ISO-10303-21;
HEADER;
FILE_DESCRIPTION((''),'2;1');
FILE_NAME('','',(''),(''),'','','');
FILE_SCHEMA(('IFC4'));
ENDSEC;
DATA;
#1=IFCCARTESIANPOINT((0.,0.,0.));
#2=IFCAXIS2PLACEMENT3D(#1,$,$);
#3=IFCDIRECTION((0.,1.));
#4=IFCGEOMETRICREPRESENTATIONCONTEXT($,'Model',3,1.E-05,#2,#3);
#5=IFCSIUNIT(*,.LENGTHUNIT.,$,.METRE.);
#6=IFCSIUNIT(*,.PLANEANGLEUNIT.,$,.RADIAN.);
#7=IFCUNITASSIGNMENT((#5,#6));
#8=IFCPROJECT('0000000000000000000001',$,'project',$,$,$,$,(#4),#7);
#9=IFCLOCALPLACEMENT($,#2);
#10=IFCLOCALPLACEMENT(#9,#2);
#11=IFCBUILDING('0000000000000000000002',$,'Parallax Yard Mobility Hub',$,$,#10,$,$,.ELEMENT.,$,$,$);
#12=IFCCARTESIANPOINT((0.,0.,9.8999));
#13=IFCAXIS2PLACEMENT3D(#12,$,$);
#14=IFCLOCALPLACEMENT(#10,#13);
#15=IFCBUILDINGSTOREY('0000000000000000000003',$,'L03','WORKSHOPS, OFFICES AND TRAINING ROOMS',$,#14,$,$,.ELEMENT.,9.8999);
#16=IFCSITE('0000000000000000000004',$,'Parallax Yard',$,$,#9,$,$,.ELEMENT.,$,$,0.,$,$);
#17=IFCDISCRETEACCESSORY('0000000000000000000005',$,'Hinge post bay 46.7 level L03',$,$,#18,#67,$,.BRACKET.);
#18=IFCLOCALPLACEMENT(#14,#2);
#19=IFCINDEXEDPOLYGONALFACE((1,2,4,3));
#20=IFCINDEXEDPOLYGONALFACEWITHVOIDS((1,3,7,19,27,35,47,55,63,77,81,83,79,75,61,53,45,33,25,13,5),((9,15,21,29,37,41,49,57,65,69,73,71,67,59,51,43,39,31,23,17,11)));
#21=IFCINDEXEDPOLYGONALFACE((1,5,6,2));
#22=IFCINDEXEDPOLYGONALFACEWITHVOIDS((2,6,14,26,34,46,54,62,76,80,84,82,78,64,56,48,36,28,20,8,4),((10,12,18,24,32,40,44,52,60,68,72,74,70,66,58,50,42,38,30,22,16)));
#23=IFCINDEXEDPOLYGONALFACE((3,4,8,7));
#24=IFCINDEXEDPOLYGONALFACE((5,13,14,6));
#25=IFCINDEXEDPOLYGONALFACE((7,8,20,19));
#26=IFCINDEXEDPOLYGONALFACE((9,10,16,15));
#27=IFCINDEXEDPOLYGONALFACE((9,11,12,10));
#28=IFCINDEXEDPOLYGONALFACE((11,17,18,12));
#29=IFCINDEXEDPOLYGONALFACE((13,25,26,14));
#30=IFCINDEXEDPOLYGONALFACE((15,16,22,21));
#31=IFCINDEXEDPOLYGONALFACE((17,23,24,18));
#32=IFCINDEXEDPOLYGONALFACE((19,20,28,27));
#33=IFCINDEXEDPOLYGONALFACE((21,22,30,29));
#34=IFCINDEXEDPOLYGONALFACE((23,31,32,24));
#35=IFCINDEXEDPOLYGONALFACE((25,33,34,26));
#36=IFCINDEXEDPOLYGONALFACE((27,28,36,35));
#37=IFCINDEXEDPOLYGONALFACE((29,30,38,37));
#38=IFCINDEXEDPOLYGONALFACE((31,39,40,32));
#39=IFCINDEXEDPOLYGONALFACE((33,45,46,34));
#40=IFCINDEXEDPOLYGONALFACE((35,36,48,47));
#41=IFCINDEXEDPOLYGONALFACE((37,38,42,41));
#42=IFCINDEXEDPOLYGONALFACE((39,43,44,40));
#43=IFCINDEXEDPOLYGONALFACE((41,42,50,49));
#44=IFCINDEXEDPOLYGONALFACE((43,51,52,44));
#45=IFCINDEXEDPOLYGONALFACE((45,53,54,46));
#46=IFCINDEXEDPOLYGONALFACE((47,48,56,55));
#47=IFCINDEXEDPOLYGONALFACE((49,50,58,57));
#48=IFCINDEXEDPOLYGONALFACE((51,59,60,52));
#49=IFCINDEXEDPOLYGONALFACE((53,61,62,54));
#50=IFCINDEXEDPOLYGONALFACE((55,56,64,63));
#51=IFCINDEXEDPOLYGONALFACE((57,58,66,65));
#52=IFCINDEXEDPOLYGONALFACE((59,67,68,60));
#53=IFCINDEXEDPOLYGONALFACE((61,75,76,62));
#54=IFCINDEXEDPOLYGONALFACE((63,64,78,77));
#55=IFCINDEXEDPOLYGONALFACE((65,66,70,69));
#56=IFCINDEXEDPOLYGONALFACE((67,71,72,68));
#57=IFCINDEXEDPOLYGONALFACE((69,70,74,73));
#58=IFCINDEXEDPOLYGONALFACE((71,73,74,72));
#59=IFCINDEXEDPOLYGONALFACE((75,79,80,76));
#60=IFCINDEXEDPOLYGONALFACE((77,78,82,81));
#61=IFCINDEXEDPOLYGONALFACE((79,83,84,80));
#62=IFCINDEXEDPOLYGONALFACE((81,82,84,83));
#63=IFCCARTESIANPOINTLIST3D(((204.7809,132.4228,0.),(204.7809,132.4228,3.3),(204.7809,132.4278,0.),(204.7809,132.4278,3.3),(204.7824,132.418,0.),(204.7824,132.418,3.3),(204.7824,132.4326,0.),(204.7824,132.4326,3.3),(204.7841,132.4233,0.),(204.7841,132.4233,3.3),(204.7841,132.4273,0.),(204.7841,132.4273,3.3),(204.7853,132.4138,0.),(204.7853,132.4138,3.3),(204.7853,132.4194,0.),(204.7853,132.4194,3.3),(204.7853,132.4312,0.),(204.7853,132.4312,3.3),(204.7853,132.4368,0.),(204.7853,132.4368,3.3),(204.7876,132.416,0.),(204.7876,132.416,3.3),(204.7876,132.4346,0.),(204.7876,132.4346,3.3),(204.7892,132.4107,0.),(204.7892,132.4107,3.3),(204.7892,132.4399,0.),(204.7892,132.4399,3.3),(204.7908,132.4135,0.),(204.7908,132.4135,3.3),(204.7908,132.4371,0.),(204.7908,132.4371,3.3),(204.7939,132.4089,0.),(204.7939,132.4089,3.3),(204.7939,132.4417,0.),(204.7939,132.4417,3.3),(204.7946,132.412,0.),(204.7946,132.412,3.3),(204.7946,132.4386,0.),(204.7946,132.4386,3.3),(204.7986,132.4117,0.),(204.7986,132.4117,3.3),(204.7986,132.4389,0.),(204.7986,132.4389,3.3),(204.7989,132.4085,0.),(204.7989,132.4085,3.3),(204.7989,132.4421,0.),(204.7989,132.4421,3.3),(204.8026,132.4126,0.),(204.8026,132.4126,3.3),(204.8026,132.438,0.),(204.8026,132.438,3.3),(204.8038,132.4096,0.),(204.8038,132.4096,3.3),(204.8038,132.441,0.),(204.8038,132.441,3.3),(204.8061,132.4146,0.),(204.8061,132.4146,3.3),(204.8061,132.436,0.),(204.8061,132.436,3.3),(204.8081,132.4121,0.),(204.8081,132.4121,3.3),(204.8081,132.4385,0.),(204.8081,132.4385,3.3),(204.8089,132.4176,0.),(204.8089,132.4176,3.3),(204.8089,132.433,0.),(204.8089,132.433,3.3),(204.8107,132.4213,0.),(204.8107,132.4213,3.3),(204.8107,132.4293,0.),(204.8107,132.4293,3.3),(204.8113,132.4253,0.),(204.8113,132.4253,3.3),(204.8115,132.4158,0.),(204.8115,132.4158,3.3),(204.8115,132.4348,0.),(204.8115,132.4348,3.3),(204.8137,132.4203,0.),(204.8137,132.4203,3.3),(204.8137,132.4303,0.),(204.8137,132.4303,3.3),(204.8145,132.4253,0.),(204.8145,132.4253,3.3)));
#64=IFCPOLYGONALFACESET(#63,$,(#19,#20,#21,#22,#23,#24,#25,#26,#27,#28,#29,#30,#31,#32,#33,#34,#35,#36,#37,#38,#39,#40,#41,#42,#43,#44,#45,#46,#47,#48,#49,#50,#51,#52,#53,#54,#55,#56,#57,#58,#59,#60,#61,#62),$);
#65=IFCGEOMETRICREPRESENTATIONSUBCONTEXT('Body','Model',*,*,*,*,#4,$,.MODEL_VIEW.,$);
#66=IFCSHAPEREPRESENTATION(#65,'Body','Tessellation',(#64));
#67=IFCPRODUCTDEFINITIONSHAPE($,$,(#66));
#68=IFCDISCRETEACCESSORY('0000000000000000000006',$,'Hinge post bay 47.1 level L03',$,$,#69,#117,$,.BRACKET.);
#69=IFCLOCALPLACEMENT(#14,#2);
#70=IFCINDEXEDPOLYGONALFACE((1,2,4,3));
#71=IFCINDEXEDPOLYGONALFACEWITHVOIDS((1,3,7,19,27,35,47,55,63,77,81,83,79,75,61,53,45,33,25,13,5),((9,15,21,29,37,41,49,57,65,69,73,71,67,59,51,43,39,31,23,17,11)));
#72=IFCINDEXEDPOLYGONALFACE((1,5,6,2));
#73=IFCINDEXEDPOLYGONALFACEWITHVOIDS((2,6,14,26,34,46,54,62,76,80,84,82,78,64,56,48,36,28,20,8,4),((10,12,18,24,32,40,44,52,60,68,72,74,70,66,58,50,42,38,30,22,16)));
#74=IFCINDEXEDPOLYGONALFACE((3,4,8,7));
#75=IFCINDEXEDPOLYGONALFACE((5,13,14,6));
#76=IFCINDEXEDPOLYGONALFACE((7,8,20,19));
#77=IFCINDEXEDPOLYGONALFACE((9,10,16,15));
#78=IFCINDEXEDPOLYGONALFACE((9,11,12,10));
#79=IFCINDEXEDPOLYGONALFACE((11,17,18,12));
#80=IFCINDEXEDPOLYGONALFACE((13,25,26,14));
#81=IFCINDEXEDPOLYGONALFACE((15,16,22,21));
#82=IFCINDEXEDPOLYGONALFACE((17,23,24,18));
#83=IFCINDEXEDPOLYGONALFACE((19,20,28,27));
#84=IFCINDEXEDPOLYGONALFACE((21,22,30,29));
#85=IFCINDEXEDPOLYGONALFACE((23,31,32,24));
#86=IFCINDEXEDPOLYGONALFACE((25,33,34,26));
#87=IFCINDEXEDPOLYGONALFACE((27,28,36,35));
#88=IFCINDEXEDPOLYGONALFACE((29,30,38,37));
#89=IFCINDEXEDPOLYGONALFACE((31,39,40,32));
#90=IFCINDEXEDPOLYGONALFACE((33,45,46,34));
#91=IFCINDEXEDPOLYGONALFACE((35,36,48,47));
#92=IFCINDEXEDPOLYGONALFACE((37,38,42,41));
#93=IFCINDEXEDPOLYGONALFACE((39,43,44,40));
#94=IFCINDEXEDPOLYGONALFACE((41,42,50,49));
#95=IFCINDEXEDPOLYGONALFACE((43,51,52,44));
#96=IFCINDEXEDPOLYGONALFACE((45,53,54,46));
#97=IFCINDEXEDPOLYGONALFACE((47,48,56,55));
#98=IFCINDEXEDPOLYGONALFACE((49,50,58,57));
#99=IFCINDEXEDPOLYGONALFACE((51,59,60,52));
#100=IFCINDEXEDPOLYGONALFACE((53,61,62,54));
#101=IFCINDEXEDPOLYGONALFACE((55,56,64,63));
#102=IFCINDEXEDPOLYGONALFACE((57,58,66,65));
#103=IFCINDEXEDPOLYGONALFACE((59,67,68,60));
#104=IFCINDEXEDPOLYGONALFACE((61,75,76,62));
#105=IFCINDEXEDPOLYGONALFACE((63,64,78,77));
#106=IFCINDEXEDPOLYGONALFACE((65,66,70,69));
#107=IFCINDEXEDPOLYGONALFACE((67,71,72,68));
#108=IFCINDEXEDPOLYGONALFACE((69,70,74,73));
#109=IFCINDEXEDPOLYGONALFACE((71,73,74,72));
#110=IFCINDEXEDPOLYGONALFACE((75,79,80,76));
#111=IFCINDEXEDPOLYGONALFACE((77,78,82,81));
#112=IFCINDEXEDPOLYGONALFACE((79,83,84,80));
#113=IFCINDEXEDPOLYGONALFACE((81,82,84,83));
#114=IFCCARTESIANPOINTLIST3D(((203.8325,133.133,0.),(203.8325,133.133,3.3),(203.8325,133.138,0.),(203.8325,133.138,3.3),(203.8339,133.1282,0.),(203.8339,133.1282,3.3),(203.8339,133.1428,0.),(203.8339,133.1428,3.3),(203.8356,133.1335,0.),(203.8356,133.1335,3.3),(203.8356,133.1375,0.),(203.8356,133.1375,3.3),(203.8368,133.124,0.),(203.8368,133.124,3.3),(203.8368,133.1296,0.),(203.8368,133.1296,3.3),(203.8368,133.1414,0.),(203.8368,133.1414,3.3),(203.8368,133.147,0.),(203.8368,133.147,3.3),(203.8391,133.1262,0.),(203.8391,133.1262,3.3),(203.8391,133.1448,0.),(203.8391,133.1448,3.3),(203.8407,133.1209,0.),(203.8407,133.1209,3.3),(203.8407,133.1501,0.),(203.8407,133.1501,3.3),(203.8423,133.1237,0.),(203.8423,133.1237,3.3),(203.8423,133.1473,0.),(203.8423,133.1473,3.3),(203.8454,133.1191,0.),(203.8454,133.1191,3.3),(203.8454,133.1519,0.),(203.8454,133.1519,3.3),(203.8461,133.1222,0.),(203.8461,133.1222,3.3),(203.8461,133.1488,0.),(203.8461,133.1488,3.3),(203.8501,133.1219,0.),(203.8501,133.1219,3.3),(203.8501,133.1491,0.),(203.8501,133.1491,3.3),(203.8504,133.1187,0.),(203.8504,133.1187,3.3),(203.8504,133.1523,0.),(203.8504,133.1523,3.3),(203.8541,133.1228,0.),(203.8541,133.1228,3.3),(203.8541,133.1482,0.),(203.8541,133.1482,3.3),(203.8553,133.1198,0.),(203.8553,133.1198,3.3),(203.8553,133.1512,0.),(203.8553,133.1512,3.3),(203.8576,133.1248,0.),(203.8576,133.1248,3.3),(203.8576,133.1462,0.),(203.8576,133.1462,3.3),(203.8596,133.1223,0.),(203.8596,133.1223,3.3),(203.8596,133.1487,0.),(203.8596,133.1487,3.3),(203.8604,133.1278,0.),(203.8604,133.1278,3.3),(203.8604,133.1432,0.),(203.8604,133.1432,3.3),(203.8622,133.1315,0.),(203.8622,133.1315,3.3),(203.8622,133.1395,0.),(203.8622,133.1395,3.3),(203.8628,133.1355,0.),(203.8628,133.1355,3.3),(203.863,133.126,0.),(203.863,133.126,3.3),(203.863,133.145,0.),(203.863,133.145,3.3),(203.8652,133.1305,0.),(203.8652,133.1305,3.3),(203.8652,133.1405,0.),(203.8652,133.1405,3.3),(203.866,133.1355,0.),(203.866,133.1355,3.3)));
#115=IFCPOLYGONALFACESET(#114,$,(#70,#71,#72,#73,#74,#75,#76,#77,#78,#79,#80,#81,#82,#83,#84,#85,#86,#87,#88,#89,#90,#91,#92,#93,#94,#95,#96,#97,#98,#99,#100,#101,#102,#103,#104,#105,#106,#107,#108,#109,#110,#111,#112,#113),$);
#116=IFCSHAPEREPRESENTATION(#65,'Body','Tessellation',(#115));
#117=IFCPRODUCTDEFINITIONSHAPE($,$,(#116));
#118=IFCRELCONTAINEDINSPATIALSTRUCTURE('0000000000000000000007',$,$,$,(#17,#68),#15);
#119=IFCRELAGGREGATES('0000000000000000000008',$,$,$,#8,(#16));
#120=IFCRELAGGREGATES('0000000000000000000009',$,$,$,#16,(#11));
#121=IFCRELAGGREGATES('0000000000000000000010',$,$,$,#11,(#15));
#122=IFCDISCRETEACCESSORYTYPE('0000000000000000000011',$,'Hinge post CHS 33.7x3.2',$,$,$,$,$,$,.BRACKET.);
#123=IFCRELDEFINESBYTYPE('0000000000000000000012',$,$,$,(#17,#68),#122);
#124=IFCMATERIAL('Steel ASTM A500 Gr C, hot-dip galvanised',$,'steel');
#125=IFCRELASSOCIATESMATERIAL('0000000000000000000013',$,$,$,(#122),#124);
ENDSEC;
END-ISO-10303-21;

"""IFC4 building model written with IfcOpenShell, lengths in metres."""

from ifc_helpers import new_model, si_unit, direction, frame, origin, origin_2d, place, context, subcontext, project, spatial, hollow_circle, extrude, material, material_profile, profile_set, type_object, element, save


model = new_model("IFC4")

# Units and contexts
model_context = context("Model", 3, precision=1e-05, world=origin(), true_north=direction((0.0, 1.0)))
body_context = subcontext(model_context, "Body", "Model", "MODEL_VIEW")
ifc_project = project(units=[si_unit("LENGTHUNIT", "METRE"), si_unit("PLANEANGLEUNIT", "RADIAN")], contexts=[model_context])

# Site, building, storey
site_placement = place(None, origin())
site = spatial("IfcSite", under=ifc_project, at=site_placement, Name="Parallax Yard", CompositionType="ELEMENT", RefElevation=0.0)
building_placement = place(site_placement, origin())
building = spatial("IfcBuilding", under=site, at=building_placement, Name="Parallax Yard Mobility Hub", CompositionType="ELEMENT")
storey_placement = place(building_placement, frame((0.0, 0.0, 9.8999)))
storey = spatial("IfcBuildingStorey", under=building, at=storey_placement, Name="L03", Description="WORKSHOPS, OFFICES AND TRAINING ROOMS", CompositionType="ELEMENT", Elevation=9.8999)

# Discrete accessories
ifc_material_1 = material(Name="Steel ASTM A500 Gr C, hot-dip galvanised", Category="steel")
ifc_material_profile_1 = material_profile(ifc_material_1, hollow_circle(Radius=0.0168, WallThickness=0.0032, at=origin_2d()), Name="CHS 33.7x3.2")
ifc_profile_set_1 = profile_set([ifc_material_profile_1], Name="Steel ASTM A500 Gr C, hot-dip galvanised")
discrete_accessory_type_1 = type_object("IfcDiscreteAccessoryType", Name="Hinge post CHS 33.7x3.2", PredefinedType="BRACKET", material=ifc_profile_set_1)
for number, where, z_axis, x_axis, name in (
    (1, (204.7976, 132.4253, 0.0), (0.0, 0.0, 1.0), (1.0, 0.0, 0.0), "Hinge post bay 46.7 level L03"),
    (2, (203.8491, 133.1355, 0.0), (0.0, 0.0, 1.0), (1.0, 0.0, 0.0), "Hinge post bay 47.1 level L03"),
):
    element("IfcDiscreteAccessory", number, at=place(storey_placement, frame(where, z_axis=z_axis, x_axis=x_axis)), inside=storey, type_object=discrete_accessory_type_1, Name=name, PredefinedType="BRACKET", context=body_context, shape_type="SweptSolid", body=[
        extrude(hollow_circle(Radius=0.0168, WallThickness=0.0032, at=origin_2d()), origin(), (0.0, 0.0, 1.0), 3.3),
    ])

save(model, "model.ifc")
